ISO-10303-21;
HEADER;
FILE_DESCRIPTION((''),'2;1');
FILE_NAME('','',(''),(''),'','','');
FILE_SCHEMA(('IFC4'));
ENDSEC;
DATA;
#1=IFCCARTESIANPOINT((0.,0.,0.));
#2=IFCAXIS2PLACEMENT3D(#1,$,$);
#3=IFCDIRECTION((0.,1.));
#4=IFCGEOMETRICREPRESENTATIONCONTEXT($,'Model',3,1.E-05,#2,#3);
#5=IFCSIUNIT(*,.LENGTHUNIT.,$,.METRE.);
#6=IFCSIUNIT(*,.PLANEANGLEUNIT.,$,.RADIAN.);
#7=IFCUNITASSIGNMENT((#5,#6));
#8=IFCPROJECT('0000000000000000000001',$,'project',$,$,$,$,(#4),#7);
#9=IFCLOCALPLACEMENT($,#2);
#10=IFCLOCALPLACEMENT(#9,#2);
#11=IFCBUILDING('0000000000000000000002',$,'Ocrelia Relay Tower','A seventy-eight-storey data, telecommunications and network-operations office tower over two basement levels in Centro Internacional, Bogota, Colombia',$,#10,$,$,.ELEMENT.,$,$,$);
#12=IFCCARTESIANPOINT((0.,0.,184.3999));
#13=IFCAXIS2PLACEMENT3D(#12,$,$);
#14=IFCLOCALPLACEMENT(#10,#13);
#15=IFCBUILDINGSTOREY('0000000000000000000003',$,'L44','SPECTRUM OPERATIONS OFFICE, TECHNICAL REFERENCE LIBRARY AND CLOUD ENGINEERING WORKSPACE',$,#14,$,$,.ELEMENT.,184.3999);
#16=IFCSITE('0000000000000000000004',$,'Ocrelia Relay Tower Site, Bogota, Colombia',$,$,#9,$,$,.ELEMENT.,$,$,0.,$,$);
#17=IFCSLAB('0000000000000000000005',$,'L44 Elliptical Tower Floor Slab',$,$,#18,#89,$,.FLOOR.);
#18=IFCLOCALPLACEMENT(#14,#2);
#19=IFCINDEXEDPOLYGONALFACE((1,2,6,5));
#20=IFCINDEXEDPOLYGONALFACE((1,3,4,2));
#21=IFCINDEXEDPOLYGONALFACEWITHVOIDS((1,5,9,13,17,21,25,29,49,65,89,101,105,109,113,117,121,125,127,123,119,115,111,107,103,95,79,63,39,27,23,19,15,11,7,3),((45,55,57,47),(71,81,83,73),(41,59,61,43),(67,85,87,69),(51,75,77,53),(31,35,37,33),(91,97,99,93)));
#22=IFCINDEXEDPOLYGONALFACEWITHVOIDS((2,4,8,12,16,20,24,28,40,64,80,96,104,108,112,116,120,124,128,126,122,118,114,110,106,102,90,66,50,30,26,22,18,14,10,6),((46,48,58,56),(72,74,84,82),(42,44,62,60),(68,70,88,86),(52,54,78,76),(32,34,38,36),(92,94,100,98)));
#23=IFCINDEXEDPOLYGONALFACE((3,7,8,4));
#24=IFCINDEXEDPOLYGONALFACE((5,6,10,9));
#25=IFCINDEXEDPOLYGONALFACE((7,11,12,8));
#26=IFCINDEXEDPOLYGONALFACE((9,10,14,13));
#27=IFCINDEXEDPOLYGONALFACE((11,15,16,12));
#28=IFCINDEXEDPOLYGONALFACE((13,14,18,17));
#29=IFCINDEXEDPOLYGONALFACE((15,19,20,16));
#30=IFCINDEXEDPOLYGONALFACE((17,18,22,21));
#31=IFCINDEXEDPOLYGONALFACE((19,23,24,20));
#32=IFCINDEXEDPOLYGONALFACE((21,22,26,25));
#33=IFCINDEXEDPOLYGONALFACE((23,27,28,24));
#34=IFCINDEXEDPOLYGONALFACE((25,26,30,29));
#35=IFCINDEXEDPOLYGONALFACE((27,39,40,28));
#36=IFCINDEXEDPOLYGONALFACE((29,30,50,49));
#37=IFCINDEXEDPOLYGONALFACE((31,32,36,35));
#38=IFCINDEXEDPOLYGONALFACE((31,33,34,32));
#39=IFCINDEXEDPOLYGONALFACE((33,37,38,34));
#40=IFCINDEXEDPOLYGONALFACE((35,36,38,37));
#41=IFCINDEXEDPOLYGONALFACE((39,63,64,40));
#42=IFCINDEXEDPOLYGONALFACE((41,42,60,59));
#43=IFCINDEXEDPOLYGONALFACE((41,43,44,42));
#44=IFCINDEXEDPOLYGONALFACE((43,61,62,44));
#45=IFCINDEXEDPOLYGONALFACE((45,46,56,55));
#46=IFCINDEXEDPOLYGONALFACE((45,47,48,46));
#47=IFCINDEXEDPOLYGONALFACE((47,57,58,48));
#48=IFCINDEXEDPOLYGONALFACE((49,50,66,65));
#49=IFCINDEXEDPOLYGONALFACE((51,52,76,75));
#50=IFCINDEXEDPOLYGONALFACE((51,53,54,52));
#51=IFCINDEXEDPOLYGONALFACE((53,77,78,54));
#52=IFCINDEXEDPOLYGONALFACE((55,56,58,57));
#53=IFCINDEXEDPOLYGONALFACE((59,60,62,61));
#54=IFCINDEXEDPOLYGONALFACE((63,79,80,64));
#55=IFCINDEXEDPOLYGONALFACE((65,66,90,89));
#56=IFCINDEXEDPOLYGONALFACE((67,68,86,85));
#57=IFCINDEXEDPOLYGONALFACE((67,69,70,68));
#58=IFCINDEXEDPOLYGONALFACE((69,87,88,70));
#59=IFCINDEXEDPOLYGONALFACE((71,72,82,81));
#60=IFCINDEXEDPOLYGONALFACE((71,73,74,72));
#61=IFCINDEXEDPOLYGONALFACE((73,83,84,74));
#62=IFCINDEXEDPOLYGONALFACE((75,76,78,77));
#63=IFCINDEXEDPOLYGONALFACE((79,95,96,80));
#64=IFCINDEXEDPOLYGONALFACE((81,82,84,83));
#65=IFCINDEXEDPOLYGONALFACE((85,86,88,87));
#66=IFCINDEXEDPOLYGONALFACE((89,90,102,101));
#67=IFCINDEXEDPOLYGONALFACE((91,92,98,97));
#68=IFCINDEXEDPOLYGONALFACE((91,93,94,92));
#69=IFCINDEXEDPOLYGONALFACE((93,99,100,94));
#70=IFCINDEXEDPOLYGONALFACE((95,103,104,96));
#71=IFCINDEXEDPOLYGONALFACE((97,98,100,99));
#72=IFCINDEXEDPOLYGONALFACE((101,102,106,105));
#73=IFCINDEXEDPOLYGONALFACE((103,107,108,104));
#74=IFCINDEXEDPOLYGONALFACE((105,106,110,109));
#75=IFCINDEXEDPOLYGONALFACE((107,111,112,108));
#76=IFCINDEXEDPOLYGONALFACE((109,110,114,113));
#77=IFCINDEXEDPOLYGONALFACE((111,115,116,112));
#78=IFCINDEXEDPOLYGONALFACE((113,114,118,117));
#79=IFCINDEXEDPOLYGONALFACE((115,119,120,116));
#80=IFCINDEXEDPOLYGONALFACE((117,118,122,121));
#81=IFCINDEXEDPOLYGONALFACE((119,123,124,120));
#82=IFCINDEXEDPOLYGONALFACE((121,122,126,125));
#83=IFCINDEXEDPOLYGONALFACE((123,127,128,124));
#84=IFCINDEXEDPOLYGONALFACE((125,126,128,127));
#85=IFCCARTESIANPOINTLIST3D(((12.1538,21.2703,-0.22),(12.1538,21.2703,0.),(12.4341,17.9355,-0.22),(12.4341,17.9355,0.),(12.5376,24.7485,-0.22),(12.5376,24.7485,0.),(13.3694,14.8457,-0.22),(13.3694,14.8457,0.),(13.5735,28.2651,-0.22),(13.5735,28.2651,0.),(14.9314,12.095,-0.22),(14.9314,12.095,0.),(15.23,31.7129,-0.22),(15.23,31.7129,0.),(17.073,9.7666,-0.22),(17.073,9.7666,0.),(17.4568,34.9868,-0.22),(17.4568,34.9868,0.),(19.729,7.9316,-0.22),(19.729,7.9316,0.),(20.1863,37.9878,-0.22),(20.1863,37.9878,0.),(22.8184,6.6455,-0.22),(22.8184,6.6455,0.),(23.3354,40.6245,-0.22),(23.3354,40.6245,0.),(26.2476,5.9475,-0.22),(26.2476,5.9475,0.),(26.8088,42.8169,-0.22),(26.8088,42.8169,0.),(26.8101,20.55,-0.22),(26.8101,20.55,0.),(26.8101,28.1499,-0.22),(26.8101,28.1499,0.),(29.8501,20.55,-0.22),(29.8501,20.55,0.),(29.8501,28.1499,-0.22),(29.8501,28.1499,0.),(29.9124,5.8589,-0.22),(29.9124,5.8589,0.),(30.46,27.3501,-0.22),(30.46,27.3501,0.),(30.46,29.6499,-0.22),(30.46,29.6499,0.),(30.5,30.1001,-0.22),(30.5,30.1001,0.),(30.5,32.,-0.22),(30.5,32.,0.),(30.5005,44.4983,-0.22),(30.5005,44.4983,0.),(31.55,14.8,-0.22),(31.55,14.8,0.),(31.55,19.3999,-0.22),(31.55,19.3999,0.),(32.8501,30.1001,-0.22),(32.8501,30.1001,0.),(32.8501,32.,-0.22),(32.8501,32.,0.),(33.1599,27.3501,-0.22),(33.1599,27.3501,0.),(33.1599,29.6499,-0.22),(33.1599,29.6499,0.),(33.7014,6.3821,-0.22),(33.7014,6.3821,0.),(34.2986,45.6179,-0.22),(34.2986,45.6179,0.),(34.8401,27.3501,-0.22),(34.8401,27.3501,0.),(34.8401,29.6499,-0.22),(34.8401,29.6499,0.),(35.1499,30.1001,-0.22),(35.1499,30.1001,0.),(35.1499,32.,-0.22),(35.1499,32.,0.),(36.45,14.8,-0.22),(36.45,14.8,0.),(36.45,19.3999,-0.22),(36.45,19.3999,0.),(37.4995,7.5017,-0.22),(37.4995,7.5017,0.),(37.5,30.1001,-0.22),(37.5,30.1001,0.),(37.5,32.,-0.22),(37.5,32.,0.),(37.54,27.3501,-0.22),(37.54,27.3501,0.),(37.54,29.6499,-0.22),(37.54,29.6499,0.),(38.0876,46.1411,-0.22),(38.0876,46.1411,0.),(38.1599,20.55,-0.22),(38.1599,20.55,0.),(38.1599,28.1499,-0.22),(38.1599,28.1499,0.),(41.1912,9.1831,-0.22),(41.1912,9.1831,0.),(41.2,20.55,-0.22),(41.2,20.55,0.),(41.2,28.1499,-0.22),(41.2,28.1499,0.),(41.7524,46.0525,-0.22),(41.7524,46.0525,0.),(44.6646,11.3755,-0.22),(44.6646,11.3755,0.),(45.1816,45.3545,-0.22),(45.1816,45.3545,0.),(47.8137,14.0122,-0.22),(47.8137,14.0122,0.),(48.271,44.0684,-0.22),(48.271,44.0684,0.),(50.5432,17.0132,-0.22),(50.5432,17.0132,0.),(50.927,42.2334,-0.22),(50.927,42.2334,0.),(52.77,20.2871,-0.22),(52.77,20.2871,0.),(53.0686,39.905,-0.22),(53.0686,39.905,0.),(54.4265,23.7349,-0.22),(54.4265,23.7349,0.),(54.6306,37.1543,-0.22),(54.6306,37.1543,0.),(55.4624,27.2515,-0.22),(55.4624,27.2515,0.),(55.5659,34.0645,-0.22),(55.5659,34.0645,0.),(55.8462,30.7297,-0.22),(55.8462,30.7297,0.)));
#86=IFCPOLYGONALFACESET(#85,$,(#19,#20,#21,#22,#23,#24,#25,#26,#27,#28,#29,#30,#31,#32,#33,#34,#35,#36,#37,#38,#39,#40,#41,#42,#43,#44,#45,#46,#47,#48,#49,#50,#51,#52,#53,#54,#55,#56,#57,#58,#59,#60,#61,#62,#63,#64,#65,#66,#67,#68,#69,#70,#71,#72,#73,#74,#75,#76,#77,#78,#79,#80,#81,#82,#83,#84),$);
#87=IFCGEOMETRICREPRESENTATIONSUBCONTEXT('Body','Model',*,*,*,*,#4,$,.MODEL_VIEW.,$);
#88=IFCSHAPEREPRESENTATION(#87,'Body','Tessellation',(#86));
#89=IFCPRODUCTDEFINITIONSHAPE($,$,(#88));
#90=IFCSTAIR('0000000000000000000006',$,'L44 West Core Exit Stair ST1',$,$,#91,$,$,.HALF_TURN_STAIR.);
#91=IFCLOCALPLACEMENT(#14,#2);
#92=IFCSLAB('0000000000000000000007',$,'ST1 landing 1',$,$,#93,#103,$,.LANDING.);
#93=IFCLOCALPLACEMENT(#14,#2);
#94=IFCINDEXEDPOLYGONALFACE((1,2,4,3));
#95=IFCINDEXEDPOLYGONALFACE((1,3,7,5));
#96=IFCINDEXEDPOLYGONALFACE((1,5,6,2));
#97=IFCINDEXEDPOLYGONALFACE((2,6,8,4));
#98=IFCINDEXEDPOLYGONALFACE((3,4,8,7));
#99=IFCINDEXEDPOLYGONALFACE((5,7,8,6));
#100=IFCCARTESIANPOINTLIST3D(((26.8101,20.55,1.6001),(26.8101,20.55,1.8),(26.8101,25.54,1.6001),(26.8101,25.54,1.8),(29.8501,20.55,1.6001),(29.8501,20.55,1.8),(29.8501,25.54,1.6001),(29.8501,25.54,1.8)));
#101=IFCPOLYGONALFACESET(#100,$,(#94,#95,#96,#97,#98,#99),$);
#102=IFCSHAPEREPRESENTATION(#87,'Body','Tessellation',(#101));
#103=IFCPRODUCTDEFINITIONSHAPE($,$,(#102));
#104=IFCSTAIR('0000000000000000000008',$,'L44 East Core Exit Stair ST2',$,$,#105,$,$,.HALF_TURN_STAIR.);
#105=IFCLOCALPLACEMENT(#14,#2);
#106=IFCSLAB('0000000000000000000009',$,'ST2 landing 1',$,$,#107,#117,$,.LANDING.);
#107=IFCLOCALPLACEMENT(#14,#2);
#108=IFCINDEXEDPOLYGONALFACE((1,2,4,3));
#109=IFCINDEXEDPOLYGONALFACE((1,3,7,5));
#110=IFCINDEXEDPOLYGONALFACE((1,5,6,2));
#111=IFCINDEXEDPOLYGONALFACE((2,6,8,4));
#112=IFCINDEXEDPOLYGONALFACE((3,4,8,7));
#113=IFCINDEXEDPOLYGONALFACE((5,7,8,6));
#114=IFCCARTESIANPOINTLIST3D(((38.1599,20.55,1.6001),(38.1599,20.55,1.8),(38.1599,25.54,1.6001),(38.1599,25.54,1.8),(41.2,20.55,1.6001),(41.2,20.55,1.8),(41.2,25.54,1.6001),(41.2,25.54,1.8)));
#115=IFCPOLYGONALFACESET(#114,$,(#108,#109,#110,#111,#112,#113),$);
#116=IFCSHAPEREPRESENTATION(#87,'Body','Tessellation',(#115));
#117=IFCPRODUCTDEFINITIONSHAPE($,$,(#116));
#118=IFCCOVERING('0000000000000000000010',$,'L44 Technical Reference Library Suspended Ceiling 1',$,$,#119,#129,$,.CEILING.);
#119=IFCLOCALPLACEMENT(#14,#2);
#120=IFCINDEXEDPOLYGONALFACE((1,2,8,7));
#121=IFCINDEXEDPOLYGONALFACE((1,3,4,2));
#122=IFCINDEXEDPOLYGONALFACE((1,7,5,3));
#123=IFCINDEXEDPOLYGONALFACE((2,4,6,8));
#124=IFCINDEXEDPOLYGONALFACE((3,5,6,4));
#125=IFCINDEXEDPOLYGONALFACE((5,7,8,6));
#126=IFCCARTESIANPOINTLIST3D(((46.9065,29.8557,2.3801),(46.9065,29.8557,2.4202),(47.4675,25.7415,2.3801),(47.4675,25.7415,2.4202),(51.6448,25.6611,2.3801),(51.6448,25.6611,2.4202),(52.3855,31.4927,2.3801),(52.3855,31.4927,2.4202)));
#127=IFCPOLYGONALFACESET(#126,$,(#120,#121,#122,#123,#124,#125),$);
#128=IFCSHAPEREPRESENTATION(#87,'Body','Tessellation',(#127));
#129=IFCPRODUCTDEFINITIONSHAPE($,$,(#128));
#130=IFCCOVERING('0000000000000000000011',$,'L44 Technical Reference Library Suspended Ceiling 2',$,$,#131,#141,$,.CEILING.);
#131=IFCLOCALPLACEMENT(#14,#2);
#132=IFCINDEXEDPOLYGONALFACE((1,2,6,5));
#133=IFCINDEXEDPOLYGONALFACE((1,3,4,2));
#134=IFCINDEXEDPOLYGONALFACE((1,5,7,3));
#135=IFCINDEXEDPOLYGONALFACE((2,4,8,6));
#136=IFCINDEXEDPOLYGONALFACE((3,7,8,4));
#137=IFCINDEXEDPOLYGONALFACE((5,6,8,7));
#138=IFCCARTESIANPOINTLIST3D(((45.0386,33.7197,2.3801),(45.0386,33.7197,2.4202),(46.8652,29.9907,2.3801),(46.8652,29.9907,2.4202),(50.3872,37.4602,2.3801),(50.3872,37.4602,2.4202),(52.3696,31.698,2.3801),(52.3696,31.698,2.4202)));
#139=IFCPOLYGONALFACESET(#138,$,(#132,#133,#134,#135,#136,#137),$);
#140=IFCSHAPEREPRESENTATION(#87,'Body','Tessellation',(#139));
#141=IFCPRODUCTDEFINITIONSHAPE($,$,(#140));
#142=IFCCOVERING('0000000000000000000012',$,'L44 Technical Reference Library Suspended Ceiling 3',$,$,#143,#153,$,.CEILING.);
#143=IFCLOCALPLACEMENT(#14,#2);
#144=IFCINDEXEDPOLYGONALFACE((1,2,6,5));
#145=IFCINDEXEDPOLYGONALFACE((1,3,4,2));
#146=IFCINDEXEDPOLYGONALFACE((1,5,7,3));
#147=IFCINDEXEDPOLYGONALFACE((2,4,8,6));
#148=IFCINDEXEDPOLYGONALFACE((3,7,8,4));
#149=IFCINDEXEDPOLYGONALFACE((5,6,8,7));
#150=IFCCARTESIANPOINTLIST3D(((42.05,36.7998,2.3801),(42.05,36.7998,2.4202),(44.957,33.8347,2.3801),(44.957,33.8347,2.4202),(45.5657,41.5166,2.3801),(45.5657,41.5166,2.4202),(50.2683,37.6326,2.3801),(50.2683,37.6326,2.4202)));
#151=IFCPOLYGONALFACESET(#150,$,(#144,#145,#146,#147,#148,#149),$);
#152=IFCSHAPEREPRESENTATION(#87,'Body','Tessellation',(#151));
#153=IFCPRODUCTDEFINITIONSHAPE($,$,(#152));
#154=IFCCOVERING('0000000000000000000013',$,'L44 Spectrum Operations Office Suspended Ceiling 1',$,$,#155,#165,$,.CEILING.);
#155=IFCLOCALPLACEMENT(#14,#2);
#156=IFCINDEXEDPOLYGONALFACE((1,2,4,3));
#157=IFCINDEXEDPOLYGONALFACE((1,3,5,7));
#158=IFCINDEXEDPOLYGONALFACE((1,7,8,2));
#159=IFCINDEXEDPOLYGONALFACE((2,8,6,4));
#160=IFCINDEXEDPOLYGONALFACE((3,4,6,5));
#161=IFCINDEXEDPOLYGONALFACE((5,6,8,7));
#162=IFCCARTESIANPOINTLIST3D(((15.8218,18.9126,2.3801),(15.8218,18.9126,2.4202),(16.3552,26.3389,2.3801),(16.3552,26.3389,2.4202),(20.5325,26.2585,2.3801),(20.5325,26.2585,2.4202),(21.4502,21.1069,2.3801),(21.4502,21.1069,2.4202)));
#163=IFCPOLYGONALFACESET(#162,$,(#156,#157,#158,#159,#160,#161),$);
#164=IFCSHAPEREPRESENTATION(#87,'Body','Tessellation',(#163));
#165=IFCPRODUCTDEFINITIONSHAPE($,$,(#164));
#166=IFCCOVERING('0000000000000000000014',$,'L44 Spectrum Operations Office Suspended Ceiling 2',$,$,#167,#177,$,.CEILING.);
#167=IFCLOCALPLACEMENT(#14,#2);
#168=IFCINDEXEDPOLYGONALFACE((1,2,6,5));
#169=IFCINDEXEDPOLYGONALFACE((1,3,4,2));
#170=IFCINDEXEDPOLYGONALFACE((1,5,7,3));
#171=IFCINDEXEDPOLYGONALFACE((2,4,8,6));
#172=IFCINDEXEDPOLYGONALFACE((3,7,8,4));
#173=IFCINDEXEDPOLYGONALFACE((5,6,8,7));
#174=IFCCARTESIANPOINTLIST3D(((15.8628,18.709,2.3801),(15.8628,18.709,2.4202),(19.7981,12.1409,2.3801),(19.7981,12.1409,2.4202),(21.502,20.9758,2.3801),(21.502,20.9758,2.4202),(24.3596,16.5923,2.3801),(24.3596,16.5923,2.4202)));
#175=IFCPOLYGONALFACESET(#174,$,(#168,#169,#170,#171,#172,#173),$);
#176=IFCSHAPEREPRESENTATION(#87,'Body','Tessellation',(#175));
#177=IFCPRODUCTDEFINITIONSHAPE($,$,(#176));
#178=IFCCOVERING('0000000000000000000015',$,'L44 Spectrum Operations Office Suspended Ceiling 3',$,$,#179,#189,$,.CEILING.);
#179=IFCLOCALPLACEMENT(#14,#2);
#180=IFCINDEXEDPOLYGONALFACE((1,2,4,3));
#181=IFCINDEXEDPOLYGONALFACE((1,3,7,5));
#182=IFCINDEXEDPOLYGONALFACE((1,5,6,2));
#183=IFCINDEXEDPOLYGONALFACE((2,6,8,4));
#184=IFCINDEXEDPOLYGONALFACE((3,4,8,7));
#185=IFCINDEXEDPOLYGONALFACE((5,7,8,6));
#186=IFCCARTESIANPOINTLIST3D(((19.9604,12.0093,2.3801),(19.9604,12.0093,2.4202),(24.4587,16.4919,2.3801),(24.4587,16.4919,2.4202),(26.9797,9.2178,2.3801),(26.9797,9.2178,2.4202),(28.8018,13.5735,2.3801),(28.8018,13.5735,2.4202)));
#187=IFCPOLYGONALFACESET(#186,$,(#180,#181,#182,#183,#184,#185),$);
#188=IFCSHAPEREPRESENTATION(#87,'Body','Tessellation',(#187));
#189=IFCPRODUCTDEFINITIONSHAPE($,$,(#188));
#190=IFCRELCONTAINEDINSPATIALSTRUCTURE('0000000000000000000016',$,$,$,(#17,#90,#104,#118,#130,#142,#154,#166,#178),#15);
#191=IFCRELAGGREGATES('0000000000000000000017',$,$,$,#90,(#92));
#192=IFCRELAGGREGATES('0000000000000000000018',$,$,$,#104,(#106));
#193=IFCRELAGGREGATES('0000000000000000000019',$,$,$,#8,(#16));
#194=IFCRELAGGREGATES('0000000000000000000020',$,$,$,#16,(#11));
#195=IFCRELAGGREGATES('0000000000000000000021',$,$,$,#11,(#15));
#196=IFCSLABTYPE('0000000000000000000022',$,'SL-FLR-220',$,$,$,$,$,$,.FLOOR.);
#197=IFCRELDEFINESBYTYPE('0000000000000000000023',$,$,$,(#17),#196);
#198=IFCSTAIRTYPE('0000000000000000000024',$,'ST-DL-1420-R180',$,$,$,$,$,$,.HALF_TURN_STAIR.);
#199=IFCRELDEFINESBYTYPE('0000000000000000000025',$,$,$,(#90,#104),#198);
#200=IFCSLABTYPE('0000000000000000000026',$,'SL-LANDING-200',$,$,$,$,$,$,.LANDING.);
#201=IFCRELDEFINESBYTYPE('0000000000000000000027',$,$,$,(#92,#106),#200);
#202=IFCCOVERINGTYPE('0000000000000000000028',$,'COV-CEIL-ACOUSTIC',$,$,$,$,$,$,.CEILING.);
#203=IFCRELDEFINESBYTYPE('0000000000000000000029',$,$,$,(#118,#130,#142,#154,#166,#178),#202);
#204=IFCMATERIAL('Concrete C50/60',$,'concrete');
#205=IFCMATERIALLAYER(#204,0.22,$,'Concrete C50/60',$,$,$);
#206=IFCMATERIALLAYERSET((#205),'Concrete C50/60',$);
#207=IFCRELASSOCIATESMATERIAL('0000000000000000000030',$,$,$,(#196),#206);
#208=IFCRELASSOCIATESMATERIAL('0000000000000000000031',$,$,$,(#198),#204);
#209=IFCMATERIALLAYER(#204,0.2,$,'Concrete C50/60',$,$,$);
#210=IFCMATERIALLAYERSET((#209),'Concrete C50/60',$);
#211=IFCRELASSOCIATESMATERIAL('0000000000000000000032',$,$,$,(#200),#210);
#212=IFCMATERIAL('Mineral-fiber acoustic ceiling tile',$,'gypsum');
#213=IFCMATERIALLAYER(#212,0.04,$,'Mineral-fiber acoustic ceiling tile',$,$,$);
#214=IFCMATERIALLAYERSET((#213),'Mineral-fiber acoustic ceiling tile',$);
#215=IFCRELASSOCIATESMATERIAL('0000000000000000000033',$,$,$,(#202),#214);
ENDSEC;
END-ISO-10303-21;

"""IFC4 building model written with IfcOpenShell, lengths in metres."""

from ifc_helpers import new_model, si_unit, direction, frame, origin, place, context, subcontext, project, spatial, polyline, outline, extrude, material, layer, layer_set, type_object, element, aggregate, save


model = new_model("IFC4")

# Units and contexts
model_context = context("Model", 3, precision=1e-05, world=origin(), true_north=direction((0.0, 1.0)))
body_context = subcontext(model_context, "Body", "Model", "MODEL_VIEW")
ifc_project = project(units=[si_unit("LENGTHUNIT", "METRE"), si_unit("PLANEANGLEUNIT", "RADIAN")], contexts=[model_context])

# Site, building, storey
site_placement = place(None, origin())
site = spatial("IfcSite", under=ifc_project, at=site_placement, Name="Ocrelia Relay Tower Site, Bogota, Colombia", CompositionType="ELEMENT", RefElevation=0.0)
building_placement = place(site_placement, origin())
building = spatial("IfcBuilding", under=site, at=building_placement, Name="Ocrelia Relay Tower", Description="A seventy-eight-storey data, telecommunications and network-operations office tower over two basement levels in Centro Internacional, Bogota, Colombia", CompositionType="ELEMENT")
storey_placement = place(building_placement, frame((0.0, 0.0, 184.3999)))
storey = spatial("IfcBuildingStorey", under=building, at=storey_placement, Name="L44", Description="SPECTRUM OPERATIONS OFFICE, TECHNICAL REFERENCE LIBRARY AND CLOUD ENGINEERING WORKSPACE", CompositionType="ELEMENT", Elevation=184.3999)

# Slab
ifc_material_1 = material(Name="Concrete C50/60", Category="concrete")
ifc_layer_1 = layer(ifc_material_1, 0.22, Name="Concrete C50/60")
ifc_layer_set_1 = layer_set([ifc_layer_1], Name="Concrete C50/60")
slab_type_1 = type_object("IfcSlabType", Name="SL-FLR-220", PredefinedType="FLOOR", material=ifc_layer_set_1)
slab_1_placement = place(storey_placement, frame((0.0, 0.0, -0.22)))
element("IfcSlab", 1, at=slab_1_placement, inside=storey, type_object=slab_type_1, Name="L44 Elliptical Tower Floor Slab", PredefinedType="FLOOR", context=body_context, shape_type="SweptSolid", body=[
    extrude(outline(polyline([(53.0686, 39.905), (50.927, 42.2334), (48.271, 44.0684), (45.1816, 45.3545), (41.7524, 46.0525), (38.0876, 46.1411), (34.2986, 45.6179), (30.5005, 44.4983), (26.8088, 42.8169), (23.3354, 40.6245), (20.1863, 37.9878), (17.4568, 34.9868), (15.23, 31.7129), (13.5735, 28.2651), (12.5376, 24.7485), (12.1538, 21.2703), (12.4341, 17.9355), (13.3694, 14.8457), (14.9314, 12.095), (17.073, 9.7666), (19.729, 7.9316), (22.8184, 6.6455), (26.2476, 5.9475), (29.9124, 5.8589), (33.7014, 6.3821), (37.4995, 7.5017), (41.1912, 9.1831), (44.6646, 11.3755), (47.8137, 14.0122), (50.5432, 17.0132), (52.77, 20.2871), (54.4265, 23.7349), (55.4624, 27.2515), (55.8462, 30.7297), (55.5659, 34.0645), (54.6306, 37.1543), (53.0686, 39.905)]), holes=[polyline([(26.8101, 28.1499), (26.8101, 20.55), (29.8501, 20.55), (29.8501, 28.1499), (26.8101, 28.1499)]), polyline([(38.1599, 28.1499), (38.1599, 20.55), (41.2, 20.55), (41.2, 28.1499), (38.1599, 28.1499)]), polyline([(30.46, 27.3501), (33.1599, 27.3501), (33.1599, 29.6499), (30.46, 29.6499), (30.46, 27.3501)]), polyline([(34.8401, 27.3501), (37.54, 27.3501), (37.54, 29.6499), (34.8401, 29.6499), (34.8401, 27.3501)]), polyline([(30.5, 30.1001), (32.8501, 30.1001), (32.8501, 32.0), (30.5, 32.0), (30.5, 30.1001)]), polyline([(35.1499, 30.1001), (37.5, 30.1001), (37.5, 32.0), (35.1499, 32.0), (35.1499, 30.1001)]), polyline([(31.55, 14.8), (36.45, 14.8), (36.45, 19.3999), (31.55, 19.3999), (31.55, 14.8)])]), origin(), (0.0, 0.0, 1.0), 0.22),
])

# Stairs, slabs
stair_type = type_object("IfcStairType", Name="ST-DL-1420-R180", PredefinedType="HALF_TURN_STAIR", material=ifc_material_1)
stair_1_placement = place(storey_placement, origin())
stair_1 = element("IfcStair", 2, at=stair_1_placement, inside=storey, type_object=stair_type, Name="L44 West Core Exit Stair ST1", PredefinedType="HALF_TURN_STAIR")
ifc_layer_2 = layer(ifc_material_1, 0.2, Name="Concrete C50/60")
ifc_layer_set_2 = layer_set([ifc_layer_2], Name="Concrete C50/60")
slab_type_2 = type_object("IfcSlabType", Name="SL-LANDING-200", PredefinedType="LANDING", material=ifc_layer_set_2)
slab_2_placement = place(storey_placement, frame((0.0, 0.0, 1.6001)))
slab_2 = element("IfcSlab", 3, at=slab_2_placement, type_object=slab_type_2, Name="ST1 landing 1", PredefinedType="LANDING", context=body_context, shape_type="SweptSolid", body=[
    extrude(outline(polyline([(26.8101, 25.54), (26.8101, 20.55), (29.8501, 20.55), (29.8501, 25.54), (26.8101, 25.54)])), origin(), (0.0, 0.0, 1.0), 0.2),
])
aggregate(stair_1, [slab_2])
stair_2_placement = place(storey_placement, origin())
stair_2 = element("IfcStair", 4, at=stair_2_placement, inside=storey, type_object=stair_type, Name="L44 East Core Exit Stair ST2", PredefinedType="HALF_TURN_STAIR")
slab_3_placement = place(storey_placement, frame((0.0, 0.0, 1.6001)))
slab_3 = element("IfcSlab", 5, at=slab_3_placement, type_object=slab_type_2, Name="ST2 landing 1", PredefinedType="LANDING", context=body_context, shape_type="SweptSolid", body=[
    extrude(outline(polyline([(38.1599, 25.54), (38.1599, 20.55), (41.2, 20.55), (41.2, 25.54), (38.1599, 25.54)])), origin(), (0.0, 0.0, 1.0), 0.2),
])
aggregate(stair_2, [slab_3])

# Coverings
ifc_material_2 = material(Name="Mineral-fiber acoustic ceiling tile", Category="gypsum")
ifc_layer_3 = layer(ifc_material_2, 0.04, Name="Mineral-fiber acoustic ceiling tile")
ifc_layer_set_3 = layer_set([ifc_layer_3], Name="Mineral-fiber acoustic ceiling tile")
covering_type = type_object("IfcCoveringType", Name="COV-CEIL-ACOUSTIC", PredefinedType="CEILING", material=ifc_layer_set_3)
covering_1_placement = place(storey_placement, frame((0.0, 0.0, 2.3801)))
element("IfcCovering", 6, at=covering_1_placement, inside=storey, type_object=covering_type, Name="L44 Technical Reference Library Suspended Ceiling 1", PredefinedType="CEILING", context=body_context, shape_type="SweptSolid", body=[
    extrude(outline(polyline([(47.4675, 25.7415), (51.6448, 25.6611), (52.3855, 31.4927), (46.9065, 29.8557), (47.4675, 25.7415)])), origin(), (0.0, 0.0, 1.0), 0.04),
])
covering_2_placement = place(storey_placement, frame((0.0, 0.0, 2.3801)))
element("IfcCovering", 7, at=covering_2_placement, inside=storey, type_object=covering_type, Name="L44 Technical Reference Library Suspended Ceiling 2", PredefinedType="CEILING", context=body_context, shape_type="SweptSolid", body=[
    extrude(outline(polyline([(46.8652, 29.9907), (52.3696, 31.698), (50.3872, 37.4602), (45.0386, 33.7197), (46.8652, 29.9907)])), origin(), (0.0, 0.0, 1.0), 0.04),
])
covering_3_placement = place(storey_placement, frame((0.0, 0.0, 2.3801)))
element("IfcCovering", 8, at=covering_3_placement, inside=storey, type_object=covering_type, Name="L44 Technical Reference Library Suspended Ceiling 3", PredefinedType="CEILING", context=body_context, shape_type="SweptSolid", body=[
    extrude(outline(polyline([(44.957, 33.8347), (50.2683, 37.6326), (45.5657, 41.5166), (42.05, 36.7998), (44.957, 33.8347)])), origin(), (0.0, 0.0, 1.0), 0.04),
])
covering_4_placement = place(storey_placement, frame((0.0, 0.0, 2.3801)))
element("IfcCovering", 9, at=covering_4_placement, inside=storey, type_object=covering_type, Name="L44 Spectrum Operations Office Suspended Ceiling 1", PredefinedType="CEILING", context=body_context, shape_type="SweptSolid", body=[
    extrude(outline(polyline([(20.5325, 26.2585), (16.3552, 26.3389), (15.8218, 18.9126), (21.4502, 21.1069), (20.5325, 26.2585)])), origin(), (0.0, 0.0, 1.0), 0.04),
])
covering_5_placement = place(storey_placement, frame((0.0, 0.0, 2.3801)))
element("IfcCovering", 10, at=covering_5_placement, inside=storey, type_object=covering_type, Name="L44 Spectrum Operations Office Suspended Ceiling 2", PredefinedType="CEILING", context=body_context, shape_type="SweptSolid", body=[
    extrude(outline(polyline([(21.502, 20.9758), (15.8628, 18.709), (19.7981, 12.1409), (24.3596, 16.5923), (21.502, 20.9758)])), origin(), (0.0, 0.0, 1.0), 0.04),
])
covering_6_placement = place(storey_placement, frame((0.0, 0.0, 2.3801)))
element("IfcCovering", 11, at=covering_6_placement, inside=storey, type_object=covering_type, Name="L44 Spectrum Operations Office Suspended Ceiling 3", PredefinedType="CEILING", context=body_context, shape_type="SweptSolid", body=[
    extrude(outline(polyline([(24.4587, 16.4919), (19.9604, 12.0093), (26.9797, 9.2178), (28.8018, 13.5735), (24.4587, 16.4919)])), origin(), (0.0, 0.0, 1.0), 0.04),
])

save(model, "model.ifc")
